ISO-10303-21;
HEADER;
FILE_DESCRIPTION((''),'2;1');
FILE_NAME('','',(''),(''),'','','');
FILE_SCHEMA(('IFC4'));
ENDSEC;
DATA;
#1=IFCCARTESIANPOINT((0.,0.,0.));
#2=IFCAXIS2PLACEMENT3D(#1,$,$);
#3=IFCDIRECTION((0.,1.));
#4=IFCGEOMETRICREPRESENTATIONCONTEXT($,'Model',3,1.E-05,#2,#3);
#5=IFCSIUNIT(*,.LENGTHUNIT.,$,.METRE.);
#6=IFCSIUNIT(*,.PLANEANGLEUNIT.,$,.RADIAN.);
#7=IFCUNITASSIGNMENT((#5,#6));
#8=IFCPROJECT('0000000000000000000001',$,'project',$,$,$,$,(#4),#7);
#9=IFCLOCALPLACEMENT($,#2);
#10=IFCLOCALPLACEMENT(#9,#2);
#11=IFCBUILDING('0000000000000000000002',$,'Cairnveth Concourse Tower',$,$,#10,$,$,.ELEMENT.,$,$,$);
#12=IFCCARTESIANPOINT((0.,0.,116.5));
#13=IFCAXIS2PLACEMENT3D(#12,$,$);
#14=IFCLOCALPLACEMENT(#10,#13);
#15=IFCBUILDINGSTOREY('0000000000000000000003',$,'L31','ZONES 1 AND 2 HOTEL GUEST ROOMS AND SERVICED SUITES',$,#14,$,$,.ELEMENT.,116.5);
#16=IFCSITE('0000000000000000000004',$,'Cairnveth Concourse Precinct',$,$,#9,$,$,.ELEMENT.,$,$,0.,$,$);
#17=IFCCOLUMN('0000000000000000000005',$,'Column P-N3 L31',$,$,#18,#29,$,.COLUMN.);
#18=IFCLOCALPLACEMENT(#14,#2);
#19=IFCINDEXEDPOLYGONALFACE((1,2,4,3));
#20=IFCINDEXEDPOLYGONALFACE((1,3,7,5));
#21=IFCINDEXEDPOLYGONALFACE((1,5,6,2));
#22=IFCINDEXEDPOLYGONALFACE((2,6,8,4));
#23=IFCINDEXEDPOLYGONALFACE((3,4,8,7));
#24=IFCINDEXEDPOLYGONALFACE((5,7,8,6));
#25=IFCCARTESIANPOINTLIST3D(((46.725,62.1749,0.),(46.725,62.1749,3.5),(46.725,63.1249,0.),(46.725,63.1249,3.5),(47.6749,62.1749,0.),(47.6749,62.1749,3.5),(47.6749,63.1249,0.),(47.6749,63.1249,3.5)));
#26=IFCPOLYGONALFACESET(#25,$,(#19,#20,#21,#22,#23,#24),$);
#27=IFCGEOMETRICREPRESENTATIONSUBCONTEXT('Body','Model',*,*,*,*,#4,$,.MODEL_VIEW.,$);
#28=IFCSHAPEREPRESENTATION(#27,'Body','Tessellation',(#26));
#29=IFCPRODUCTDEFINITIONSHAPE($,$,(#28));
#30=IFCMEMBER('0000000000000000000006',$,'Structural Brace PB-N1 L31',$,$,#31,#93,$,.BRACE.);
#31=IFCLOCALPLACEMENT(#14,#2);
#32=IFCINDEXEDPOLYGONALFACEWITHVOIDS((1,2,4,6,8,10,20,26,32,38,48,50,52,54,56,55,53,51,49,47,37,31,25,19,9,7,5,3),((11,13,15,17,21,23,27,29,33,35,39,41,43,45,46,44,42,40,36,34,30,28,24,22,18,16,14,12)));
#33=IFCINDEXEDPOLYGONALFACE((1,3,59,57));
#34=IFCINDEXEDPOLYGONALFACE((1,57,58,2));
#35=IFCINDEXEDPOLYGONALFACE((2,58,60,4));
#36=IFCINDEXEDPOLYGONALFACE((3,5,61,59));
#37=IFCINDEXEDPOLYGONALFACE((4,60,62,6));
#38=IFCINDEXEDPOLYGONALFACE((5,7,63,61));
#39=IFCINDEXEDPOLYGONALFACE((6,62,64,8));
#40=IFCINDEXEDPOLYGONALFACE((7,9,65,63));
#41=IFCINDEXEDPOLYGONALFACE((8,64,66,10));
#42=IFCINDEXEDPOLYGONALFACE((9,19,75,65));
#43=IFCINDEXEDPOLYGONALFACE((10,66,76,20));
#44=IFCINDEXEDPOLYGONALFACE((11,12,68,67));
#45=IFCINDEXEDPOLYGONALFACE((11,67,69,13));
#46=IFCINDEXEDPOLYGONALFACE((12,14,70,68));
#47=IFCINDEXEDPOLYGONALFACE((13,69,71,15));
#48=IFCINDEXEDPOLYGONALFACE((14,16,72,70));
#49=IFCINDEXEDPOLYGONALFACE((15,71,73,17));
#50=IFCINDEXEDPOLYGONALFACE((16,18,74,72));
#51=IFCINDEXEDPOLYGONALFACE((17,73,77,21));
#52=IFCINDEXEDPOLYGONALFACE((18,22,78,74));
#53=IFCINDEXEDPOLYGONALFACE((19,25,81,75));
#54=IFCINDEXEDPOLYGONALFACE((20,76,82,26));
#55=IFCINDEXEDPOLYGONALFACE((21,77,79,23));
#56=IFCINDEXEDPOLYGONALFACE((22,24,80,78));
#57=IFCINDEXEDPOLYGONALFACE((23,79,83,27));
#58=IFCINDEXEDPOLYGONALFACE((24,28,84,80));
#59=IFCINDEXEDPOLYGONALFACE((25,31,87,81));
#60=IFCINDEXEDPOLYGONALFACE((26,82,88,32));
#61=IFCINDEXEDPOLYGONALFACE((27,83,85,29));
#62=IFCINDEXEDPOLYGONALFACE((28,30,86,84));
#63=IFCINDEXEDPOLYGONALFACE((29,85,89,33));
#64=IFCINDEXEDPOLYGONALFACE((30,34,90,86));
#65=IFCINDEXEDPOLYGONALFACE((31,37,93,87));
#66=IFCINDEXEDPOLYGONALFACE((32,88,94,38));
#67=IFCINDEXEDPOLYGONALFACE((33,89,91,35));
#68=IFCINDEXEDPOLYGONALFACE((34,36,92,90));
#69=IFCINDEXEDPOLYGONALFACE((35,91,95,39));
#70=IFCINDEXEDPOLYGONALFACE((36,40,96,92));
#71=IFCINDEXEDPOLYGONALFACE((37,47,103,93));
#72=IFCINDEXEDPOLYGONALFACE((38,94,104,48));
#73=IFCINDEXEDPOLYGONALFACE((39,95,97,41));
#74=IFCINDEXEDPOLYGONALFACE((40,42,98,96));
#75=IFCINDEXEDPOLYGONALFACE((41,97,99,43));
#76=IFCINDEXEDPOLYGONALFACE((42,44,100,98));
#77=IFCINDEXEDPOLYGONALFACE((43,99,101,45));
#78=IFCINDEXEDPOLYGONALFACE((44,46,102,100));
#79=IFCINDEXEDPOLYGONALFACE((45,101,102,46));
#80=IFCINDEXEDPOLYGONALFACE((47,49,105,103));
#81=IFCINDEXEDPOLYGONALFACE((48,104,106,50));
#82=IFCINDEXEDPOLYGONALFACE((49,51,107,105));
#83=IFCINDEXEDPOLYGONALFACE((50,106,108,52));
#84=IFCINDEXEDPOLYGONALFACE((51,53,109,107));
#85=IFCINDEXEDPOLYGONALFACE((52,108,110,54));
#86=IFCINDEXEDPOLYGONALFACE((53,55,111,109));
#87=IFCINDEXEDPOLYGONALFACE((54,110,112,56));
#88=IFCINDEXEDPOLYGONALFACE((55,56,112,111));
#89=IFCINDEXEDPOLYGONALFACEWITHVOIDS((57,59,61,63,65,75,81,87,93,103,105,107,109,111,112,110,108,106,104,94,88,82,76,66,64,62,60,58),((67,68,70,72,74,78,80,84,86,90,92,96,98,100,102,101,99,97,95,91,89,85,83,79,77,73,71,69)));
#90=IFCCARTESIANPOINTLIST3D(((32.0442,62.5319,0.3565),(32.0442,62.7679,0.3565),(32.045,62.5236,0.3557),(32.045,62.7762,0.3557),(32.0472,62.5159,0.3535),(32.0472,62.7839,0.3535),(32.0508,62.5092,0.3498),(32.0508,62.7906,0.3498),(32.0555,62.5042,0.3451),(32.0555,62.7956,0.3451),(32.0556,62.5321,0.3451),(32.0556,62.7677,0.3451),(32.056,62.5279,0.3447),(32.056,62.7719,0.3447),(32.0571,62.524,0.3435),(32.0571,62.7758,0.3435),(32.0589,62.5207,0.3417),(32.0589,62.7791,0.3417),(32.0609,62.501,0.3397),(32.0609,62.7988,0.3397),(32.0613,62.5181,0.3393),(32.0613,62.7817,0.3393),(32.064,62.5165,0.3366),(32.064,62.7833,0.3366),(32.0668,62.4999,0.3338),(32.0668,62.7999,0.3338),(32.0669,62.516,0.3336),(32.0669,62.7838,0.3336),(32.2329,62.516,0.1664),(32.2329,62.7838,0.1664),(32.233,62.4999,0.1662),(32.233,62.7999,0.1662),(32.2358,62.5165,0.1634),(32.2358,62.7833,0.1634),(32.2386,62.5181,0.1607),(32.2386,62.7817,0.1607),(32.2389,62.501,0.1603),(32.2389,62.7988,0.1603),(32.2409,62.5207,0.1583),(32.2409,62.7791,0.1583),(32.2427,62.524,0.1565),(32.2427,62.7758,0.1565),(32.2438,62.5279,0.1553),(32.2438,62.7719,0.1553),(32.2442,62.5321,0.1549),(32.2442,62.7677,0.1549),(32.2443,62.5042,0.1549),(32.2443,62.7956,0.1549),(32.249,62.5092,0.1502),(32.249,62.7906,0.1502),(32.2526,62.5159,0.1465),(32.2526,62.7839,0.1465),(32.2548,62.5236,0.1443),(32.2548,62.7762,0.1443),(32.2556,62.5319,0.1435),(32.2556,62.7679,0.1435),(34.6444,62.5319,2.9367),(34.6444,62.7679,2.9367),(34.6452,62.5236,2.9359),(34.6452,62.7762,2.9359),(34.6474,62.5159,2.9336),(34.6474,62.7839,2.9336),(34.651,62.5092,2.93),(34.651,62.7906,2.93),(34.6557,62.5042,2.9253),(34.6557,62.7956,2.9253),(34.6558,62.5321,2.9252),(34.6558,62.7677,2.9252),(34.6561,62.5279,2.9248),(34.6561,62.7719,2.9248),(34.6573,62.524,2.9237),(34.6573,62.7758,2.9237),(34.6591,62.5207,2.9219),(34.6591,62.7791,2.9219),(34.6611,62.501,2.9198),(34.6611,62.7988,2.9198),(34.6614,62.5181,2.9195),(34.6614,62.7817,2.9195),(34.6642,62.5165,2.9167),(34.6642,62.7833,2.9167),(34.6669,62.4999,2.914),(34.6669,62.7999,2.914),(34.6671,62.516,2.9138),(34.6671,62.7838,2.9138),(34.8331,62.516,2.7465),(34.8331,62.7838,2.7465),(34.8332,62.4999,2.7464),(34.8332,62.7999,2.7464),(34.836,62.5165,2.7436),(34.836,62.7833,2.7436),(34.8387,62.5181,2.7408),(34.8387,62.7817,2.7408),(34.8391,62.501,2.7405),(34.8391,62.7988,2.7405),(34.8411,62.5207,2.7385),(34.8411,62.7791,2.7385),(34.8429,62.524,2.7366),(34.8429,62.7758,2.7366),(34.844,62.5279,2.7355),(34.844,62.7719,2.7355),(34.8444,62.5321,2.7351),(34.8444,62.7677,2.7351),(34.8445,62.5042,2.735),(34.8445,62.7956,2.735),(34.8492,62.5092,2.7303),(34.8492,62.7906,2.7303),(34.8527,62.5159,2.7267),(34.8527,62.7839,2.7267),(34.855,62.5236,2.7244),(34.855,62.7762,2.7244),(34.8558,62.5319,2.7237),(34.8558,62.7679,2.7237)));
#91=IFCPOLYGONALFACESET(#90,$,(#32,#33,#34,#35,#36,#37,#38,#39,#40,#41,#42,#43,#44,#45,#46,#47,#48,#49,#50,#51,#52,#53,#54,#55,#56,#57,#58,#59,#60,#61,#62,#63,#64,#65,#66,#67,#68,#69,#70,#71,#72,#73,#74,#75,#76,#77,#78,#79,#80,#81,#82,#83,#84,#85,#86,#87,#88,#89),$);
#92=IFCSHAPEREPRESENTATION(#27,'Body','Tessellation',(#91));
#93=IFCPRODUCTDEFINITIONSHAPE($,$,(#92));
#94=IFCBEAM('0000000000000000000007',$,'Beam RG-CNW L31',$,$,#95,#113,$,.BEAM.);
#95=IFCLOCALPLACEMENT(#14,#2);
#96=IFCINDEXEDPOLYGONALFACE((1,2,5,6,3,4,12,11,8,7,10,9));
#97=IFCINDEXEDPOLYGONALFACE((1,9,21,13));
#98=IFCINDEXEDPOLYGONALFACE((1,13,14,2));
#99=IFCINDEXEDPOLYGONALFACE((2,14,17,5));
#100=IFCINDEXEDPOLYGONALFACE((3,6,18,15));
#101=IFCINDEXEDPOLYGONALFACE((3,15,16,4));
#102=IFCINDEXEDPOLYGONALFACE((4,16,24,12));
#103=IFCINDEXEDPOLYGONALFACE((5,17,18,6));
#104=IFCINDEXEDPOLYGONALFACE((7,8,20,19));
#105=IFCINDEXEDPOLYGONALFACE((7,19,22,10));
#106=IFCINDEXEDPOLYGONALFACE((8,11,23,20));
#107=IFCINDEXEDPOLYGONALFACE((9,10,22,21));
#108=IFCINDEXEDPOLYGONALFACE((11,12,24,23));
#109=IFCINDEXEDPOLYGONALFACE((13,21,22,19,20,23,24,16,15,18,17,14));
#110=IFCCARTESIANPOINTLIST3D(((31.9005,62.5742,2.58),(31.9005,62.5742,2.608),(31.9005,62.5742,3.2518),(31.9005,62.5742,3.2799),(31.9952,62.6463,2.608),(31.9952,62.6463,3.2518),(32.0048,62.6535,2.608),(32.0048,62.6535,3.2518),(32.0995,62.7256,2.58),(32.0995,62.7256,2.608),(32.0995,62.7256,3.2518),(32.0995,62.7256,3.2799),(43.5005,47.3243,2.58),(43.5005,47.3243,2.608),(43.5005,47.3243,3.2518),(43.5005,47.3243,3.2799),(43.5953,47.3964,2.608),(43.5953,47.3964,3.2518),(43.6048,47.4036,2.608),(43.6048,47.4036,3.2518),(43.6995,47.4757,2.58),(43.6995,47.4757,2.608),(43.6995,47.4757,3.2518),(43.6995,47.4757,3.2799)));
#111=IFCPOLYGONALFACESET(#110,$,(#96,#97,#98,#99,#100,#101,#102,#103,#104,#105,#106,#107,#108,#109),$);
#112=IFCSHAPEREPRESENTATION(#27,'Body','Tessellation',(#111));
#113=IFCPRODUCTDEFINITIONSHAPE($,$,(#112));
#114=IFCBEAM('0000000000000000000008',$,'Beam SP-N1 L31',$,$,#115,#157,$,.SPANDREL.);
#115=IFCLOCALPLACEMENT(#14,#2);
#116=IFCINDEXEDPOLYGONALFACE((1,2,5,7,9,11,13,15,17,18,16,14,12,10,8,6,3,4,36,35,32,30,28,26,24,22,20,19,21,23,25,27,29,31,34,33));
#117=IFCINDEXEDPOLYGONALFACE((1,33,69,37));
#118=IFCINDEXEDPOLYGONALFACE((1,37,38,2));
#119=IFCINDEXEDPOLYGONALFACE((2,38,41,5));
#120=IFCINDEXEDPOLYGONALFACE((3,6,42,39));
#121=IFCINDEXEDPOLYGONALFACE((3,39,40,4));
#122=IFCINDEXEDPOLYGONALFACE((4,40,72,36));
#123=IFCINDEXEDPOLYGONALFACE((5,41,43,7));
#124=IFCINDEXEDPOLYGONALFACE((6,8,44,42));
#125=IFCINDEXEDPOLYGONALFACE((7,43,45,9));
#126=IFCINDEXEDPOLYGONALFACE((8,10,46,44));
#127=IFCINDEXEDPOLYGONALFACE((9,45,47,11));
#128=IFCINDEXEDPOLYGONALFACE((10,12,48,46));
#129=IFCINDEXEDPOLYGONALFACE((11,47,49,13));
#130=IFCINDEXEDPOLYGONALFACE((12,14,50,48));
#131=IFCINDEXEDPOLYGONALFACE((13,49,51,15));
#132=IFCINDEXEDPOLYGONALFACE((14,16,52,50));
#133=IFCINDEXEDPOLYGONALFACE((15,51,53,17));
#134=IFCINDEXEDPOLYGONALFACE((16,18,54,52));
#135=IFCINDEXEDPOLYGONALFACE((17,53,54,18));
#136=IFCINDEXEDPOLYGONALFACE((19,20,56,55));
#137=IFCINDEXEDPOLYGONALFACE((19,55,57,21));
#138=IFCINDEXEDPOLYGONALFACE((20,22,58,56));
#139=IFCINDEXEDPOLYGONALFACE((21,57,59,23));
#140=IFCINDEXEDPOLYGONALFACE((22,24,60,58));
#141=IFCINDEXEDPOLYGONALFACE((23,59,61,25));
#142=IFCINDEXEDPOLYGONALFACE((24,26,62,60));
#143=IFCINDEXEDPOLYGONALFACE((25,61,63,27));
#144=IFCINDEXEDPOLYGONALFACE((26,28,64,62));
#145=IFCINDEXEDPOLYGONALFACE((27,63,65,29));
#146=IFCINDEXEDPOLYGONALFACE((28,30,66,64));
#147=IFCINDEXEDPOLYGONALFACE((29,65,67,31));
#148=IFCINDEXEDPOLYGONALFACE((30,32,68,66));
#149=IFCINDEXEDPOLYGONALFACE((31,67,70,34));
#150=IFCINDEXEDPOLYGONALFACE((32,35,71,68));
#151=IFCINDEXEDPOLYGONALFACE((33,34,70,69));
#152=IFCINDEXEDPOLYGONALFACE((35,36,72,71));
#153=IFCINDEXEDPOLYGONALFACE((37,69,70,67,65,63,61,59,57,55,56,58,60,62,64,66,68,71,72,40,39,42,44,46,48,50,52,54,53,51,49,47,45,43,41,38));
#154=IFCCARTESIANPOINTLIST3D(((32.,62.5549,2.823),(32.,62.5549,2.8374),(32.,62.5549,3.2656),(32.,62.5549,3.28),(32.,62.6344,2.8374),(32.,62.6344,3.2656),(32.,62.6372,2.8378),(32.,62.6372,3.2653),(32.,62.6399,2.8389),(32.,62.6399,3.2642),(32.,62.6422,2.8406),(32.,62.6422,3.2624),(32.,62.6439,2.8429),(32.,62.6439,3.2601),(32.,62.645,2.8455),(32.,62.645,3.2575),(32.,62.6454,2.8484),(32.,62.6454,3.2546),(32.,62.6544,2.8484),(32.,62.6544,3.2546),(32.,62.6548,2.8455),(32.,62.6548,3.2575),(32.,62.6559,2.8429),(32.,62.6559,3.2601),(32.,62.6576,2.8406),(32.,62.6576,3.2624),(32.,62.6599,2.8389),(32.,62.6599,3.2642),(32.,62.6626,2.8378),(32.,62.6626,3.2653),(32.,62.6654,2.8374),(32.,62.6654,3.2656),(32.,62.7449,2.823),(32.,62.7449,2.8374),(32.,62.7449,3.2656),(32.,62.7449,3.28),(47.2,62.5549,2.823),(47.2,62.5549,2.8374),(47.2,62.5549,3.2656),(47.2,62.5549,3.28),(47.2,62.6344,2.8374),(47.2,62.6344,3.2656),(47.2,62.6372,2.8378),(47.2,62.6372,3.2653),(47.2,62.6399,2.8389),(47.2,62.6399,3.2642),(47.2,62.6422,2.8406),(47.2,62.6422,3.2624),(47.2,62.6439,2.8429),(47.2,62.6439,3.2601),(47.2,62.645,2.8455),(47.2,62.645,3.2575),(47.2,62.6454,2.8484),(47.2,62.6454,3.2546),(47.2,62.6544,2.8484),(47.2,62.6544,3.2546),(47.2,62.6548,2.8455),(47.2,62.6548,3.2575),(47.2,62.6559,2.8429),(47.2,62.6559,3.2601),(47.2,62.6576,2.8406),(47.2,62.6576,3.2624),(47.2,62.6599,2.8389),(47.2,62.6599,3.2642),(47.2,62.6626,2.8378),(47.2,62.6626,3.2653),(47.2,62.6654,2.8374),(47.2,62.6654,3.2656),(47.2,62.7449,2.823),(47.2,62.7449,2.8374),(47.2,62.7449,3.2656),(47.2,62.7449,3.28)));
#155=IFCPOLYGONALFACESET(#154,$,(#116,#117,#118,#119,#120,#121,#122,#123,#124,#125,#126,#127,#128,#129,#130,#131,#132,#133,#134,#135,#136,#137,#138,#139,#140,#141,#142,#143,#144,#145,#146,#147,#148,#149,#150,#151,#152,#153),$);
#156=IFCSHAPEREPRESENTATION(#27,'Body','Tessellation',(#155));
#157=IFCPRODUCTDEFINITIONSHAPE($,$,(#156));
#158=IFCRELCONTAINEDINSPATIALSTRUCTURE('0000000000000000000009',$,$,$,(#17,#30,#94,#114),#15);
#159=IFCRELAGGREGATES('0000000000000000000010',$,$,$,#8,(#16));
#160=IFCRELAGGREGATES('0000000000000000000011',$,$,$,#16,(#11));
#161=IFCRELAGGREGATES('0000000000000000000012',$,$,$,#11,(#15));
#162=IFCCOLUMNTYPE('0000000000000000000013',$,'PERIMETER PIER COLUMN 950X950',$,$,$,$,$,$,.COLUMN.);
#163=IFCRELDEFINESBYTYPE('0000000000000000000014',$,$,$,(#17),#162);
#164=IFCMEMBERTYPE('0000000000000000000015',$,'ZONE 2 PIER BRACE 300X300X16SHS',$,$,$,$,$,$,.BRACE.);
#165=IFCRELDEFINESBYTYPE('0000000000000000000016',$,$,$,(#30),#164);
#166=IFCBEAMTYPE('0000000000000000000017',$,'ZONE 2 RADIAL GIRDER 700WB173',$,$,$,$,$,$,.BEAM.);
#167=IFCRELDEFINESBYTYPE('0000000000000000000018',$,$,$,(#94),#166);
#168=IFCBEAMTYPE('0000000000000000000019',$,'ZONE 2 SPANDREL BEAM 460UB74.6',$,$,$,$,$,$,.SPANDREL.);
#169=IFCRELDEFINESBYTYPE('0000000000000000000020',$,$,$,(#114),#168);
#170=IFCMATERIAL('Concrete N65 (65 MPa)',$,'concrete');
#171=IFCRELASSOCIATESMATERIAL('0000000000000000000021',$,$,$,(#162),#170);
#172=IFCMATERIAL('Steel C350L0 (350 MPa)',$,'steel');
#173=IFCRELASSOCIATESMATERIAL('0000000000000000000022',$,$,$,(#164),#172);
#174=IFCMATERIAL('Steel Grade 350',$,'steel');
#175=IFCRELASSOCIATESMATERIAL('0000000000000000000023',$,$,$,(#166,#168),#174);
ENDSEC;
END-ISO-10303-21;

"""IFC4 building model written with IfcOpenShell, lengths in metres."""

from ifc_helpers import new_model, si_unit, direction, frame, origin, origin_2d, place, context, subcontext, project, spatial, rectangle, hollow_rectangle, i_section, extrude, material, material_profile, profile_set, type_object, element, save


model = new_model("IFC4")

# Units and contexts
model_context = context("Model", 3, precision=1e-05, world=origin(), true_north=direction((0.0, 1.0)))
body_context = subcontext(model_context, "Body", "Model", "MODEL_VIEW")
ifc_project = project(units=[si_unit("LENGTHUNIT", "METRE"), si_unit("PLANEANGLEUNIT", "RADIAN")], contexts=[model_context])

# Site, building, storey
site_placement = place(None, origin())
site = spatial("IfcSite", under=ifc_project, at=site_placement, Name="Cairnveth Concourse Precinct", CompositionType="ELEMENT", RefElevation=0.0)
building_placement = place(site_placement, origin())
building = spatial("IfcBuilding", under=site, at=building_placement, Name="Cairnveth Concourse Tower", CompositionType="ELEMENT")
storey_placement = place(building_placement, frame((0.0, 0.0, 116.5)))
storey = spatial("IfcBuildingStorey", under=building, at=storey_placement, Name="L31", Description="ZONES 1 AND 2 HOTEL GUEST ROOMS AND SERVICED SUITES", CompositionType="ELEMENT", Elevation=116.5)

# Column
ifc_material_1 = material(Name="Concrete N65 (65 MPa)", Category="concrete")
ifc_material_profile_1 = material_profile(ifc_material_1, rectangle(XDim=0.95, YDim=0.95, at=origin_2d()), Name="RC-COL-950x950")
ifc_profile_set_1 = profile_set([ifc_material_profile_1], Name="Concrete N65 (65 MPa)")
column_type = type_object("IfcColumnType", Name="PERIMETER PIER COLUMN 950X950", PredefinedType="COLUMN", material=ifc_profile_set_1)
column_placement = place(storey_placement, frame((47.2, 62.6499, 0.0), z_axis=(0.0, 0.0, 1.0), x_axis=(1.0, 0.0, 0.0)))
element("IfcColumn", 1, at=column_placement, inside=storey, type_object=column_type, Name="Column P-N3 L31", PredefinedType="COLUMN", context=body_context, shape_type="SweptSolid", body=[
    extrude(rectangle(XDim=0.95, YDim=0.95, at=origin_2d()), origin(), (0.0, 0.0, 1.0), 3.5),
])

# Member
ifc_material_2 = material(Name="Steel C350L0 (350 MPa)", Category="steel")
ifc_material_profile_2 = material_profile(ifc_material_2, hollow_rectangle(XDim=0.3, YDim=0.3, WallThickness=0.0161, InnerFilletRadius=0.0161, OuterFilletRadius=0.032, at=origin_2d()), Name="300x300x16.0SHS")
ifc_profile_set_2 = profile_set([ifc_material_profile_2], Name="Steel C350L0 (350 MPa)")
member_type = type_object("IfcMemberType", Name="ZONE 2 PIER BRACE 300X300X16SHS", PredefinedType="BRACE", material=ifc_profile_set_2)
member_placement = place(storey_placement, frame((32.1499, 62.6499, 0.25), z_axis=(0.709834, 0.0, 0.704369), x_axis=(0.0, 1.0, 0.0)))
element("IfcMember", 2, at=member_placement, inside=storey, type_object=member_type, Name="Structural Brace PB-N1 L31", PredefinedType="BRACE", context=body_context, shape_type="SweptSolid", body=[
    extrude(hollow_rectangle(XDim=0.3, YDim=0.3, WallThickness=0.0161, InnerFilletRadius=0.0161, OuterFilletRadius=0.032, at=origin_2d()), origin(), (0.0, 0.0, 1.0), 3.6631),
])

# Beams
ifc_material_3 = material(Name="Steel Grade 350", Category="steel")
ifc_material_profile_3 = material_profile(ifc_material_3, i_section(OverallWidth=0.25, OverallDepth=0.7, WebThickness=0.012, FlangeThickness=0.0281, at=origin_2d()), Name="700WB173")
ifc_profile_set_3 = profile_set([ifc_material_profile_3], Name="Steel Grade 350")
beam_type_1 = type_object("IfcBeamType", Name="ZONE 2 RADIAL GIRDER 700WB173", PredefinedType="BEAM", material=ifc_profile_set_3)
beam_1_placement = place(storey_placement, frame((32.0, 62.6499, 2.9299), z_axis=(0.605417, -0.795908, 0.0), x_axis=(0.795908, 0.605417, 0.0)))
element("IfcBeam", 3, at=beam_1_placement, inside=storey, type_object=beam_type_1, Name="Beam RG-CNW L31", PredefinedType="BEAM", context=body_context, shape_type="SweptSolid", body=[
    extrude(i_section(OverallWidth=0.25, OverallDepth=0.7, WebThickness=0.012, FlangeThickness=0.0281, at=origin_2d()), origin(), (0.0, 0.0, 1.0), 19.1604),
])
ifc_material_profile_4 = material_profile(ifc_material_3, i_section(OverallWidth=0.1899, OverallDepth=0.457, WebThickness=0.009, FlangeThickness=0.0144, FilletRadius=0.011, at=origin_2d()), Name="460UB74.6")
ifc_profile_set_4 = profile_set([ifc_material_profile_4], Name="Steel Grade 350")
beam_type_2 = type_object("IfcBeamType", Name="ZONE 2 SPANDREL BEAM 460UB74.6", PredefinedType="SPANDREL", material=ifc_profile_set_4)
beam_2_placement = place(storey_placement, frame((32.0, 62.6499, 3.0515), z_axis=(1.0, 0.0, 0.0), x_axis=(0.0, 1.0, 0.0)))
element("IfcBeam", 4, at=beam_2_placement, inside=storey, type_object=beam_type_2, Name="Beam SP-N1 L31", PredefinedType="SPANDREL", context=body_context, shape_type="SweptSolid", body=[
    extrude(i_section(OverallWidth=0.1899, OverallDepth=0.457, WebThickness=0.009, FlangeThickness=0.0144, FilletRadius=0.011, at=origin_2d()), origin(), (0.0, 0.0, 1.0), 15.2),
])

save(model, "model.ifc")
